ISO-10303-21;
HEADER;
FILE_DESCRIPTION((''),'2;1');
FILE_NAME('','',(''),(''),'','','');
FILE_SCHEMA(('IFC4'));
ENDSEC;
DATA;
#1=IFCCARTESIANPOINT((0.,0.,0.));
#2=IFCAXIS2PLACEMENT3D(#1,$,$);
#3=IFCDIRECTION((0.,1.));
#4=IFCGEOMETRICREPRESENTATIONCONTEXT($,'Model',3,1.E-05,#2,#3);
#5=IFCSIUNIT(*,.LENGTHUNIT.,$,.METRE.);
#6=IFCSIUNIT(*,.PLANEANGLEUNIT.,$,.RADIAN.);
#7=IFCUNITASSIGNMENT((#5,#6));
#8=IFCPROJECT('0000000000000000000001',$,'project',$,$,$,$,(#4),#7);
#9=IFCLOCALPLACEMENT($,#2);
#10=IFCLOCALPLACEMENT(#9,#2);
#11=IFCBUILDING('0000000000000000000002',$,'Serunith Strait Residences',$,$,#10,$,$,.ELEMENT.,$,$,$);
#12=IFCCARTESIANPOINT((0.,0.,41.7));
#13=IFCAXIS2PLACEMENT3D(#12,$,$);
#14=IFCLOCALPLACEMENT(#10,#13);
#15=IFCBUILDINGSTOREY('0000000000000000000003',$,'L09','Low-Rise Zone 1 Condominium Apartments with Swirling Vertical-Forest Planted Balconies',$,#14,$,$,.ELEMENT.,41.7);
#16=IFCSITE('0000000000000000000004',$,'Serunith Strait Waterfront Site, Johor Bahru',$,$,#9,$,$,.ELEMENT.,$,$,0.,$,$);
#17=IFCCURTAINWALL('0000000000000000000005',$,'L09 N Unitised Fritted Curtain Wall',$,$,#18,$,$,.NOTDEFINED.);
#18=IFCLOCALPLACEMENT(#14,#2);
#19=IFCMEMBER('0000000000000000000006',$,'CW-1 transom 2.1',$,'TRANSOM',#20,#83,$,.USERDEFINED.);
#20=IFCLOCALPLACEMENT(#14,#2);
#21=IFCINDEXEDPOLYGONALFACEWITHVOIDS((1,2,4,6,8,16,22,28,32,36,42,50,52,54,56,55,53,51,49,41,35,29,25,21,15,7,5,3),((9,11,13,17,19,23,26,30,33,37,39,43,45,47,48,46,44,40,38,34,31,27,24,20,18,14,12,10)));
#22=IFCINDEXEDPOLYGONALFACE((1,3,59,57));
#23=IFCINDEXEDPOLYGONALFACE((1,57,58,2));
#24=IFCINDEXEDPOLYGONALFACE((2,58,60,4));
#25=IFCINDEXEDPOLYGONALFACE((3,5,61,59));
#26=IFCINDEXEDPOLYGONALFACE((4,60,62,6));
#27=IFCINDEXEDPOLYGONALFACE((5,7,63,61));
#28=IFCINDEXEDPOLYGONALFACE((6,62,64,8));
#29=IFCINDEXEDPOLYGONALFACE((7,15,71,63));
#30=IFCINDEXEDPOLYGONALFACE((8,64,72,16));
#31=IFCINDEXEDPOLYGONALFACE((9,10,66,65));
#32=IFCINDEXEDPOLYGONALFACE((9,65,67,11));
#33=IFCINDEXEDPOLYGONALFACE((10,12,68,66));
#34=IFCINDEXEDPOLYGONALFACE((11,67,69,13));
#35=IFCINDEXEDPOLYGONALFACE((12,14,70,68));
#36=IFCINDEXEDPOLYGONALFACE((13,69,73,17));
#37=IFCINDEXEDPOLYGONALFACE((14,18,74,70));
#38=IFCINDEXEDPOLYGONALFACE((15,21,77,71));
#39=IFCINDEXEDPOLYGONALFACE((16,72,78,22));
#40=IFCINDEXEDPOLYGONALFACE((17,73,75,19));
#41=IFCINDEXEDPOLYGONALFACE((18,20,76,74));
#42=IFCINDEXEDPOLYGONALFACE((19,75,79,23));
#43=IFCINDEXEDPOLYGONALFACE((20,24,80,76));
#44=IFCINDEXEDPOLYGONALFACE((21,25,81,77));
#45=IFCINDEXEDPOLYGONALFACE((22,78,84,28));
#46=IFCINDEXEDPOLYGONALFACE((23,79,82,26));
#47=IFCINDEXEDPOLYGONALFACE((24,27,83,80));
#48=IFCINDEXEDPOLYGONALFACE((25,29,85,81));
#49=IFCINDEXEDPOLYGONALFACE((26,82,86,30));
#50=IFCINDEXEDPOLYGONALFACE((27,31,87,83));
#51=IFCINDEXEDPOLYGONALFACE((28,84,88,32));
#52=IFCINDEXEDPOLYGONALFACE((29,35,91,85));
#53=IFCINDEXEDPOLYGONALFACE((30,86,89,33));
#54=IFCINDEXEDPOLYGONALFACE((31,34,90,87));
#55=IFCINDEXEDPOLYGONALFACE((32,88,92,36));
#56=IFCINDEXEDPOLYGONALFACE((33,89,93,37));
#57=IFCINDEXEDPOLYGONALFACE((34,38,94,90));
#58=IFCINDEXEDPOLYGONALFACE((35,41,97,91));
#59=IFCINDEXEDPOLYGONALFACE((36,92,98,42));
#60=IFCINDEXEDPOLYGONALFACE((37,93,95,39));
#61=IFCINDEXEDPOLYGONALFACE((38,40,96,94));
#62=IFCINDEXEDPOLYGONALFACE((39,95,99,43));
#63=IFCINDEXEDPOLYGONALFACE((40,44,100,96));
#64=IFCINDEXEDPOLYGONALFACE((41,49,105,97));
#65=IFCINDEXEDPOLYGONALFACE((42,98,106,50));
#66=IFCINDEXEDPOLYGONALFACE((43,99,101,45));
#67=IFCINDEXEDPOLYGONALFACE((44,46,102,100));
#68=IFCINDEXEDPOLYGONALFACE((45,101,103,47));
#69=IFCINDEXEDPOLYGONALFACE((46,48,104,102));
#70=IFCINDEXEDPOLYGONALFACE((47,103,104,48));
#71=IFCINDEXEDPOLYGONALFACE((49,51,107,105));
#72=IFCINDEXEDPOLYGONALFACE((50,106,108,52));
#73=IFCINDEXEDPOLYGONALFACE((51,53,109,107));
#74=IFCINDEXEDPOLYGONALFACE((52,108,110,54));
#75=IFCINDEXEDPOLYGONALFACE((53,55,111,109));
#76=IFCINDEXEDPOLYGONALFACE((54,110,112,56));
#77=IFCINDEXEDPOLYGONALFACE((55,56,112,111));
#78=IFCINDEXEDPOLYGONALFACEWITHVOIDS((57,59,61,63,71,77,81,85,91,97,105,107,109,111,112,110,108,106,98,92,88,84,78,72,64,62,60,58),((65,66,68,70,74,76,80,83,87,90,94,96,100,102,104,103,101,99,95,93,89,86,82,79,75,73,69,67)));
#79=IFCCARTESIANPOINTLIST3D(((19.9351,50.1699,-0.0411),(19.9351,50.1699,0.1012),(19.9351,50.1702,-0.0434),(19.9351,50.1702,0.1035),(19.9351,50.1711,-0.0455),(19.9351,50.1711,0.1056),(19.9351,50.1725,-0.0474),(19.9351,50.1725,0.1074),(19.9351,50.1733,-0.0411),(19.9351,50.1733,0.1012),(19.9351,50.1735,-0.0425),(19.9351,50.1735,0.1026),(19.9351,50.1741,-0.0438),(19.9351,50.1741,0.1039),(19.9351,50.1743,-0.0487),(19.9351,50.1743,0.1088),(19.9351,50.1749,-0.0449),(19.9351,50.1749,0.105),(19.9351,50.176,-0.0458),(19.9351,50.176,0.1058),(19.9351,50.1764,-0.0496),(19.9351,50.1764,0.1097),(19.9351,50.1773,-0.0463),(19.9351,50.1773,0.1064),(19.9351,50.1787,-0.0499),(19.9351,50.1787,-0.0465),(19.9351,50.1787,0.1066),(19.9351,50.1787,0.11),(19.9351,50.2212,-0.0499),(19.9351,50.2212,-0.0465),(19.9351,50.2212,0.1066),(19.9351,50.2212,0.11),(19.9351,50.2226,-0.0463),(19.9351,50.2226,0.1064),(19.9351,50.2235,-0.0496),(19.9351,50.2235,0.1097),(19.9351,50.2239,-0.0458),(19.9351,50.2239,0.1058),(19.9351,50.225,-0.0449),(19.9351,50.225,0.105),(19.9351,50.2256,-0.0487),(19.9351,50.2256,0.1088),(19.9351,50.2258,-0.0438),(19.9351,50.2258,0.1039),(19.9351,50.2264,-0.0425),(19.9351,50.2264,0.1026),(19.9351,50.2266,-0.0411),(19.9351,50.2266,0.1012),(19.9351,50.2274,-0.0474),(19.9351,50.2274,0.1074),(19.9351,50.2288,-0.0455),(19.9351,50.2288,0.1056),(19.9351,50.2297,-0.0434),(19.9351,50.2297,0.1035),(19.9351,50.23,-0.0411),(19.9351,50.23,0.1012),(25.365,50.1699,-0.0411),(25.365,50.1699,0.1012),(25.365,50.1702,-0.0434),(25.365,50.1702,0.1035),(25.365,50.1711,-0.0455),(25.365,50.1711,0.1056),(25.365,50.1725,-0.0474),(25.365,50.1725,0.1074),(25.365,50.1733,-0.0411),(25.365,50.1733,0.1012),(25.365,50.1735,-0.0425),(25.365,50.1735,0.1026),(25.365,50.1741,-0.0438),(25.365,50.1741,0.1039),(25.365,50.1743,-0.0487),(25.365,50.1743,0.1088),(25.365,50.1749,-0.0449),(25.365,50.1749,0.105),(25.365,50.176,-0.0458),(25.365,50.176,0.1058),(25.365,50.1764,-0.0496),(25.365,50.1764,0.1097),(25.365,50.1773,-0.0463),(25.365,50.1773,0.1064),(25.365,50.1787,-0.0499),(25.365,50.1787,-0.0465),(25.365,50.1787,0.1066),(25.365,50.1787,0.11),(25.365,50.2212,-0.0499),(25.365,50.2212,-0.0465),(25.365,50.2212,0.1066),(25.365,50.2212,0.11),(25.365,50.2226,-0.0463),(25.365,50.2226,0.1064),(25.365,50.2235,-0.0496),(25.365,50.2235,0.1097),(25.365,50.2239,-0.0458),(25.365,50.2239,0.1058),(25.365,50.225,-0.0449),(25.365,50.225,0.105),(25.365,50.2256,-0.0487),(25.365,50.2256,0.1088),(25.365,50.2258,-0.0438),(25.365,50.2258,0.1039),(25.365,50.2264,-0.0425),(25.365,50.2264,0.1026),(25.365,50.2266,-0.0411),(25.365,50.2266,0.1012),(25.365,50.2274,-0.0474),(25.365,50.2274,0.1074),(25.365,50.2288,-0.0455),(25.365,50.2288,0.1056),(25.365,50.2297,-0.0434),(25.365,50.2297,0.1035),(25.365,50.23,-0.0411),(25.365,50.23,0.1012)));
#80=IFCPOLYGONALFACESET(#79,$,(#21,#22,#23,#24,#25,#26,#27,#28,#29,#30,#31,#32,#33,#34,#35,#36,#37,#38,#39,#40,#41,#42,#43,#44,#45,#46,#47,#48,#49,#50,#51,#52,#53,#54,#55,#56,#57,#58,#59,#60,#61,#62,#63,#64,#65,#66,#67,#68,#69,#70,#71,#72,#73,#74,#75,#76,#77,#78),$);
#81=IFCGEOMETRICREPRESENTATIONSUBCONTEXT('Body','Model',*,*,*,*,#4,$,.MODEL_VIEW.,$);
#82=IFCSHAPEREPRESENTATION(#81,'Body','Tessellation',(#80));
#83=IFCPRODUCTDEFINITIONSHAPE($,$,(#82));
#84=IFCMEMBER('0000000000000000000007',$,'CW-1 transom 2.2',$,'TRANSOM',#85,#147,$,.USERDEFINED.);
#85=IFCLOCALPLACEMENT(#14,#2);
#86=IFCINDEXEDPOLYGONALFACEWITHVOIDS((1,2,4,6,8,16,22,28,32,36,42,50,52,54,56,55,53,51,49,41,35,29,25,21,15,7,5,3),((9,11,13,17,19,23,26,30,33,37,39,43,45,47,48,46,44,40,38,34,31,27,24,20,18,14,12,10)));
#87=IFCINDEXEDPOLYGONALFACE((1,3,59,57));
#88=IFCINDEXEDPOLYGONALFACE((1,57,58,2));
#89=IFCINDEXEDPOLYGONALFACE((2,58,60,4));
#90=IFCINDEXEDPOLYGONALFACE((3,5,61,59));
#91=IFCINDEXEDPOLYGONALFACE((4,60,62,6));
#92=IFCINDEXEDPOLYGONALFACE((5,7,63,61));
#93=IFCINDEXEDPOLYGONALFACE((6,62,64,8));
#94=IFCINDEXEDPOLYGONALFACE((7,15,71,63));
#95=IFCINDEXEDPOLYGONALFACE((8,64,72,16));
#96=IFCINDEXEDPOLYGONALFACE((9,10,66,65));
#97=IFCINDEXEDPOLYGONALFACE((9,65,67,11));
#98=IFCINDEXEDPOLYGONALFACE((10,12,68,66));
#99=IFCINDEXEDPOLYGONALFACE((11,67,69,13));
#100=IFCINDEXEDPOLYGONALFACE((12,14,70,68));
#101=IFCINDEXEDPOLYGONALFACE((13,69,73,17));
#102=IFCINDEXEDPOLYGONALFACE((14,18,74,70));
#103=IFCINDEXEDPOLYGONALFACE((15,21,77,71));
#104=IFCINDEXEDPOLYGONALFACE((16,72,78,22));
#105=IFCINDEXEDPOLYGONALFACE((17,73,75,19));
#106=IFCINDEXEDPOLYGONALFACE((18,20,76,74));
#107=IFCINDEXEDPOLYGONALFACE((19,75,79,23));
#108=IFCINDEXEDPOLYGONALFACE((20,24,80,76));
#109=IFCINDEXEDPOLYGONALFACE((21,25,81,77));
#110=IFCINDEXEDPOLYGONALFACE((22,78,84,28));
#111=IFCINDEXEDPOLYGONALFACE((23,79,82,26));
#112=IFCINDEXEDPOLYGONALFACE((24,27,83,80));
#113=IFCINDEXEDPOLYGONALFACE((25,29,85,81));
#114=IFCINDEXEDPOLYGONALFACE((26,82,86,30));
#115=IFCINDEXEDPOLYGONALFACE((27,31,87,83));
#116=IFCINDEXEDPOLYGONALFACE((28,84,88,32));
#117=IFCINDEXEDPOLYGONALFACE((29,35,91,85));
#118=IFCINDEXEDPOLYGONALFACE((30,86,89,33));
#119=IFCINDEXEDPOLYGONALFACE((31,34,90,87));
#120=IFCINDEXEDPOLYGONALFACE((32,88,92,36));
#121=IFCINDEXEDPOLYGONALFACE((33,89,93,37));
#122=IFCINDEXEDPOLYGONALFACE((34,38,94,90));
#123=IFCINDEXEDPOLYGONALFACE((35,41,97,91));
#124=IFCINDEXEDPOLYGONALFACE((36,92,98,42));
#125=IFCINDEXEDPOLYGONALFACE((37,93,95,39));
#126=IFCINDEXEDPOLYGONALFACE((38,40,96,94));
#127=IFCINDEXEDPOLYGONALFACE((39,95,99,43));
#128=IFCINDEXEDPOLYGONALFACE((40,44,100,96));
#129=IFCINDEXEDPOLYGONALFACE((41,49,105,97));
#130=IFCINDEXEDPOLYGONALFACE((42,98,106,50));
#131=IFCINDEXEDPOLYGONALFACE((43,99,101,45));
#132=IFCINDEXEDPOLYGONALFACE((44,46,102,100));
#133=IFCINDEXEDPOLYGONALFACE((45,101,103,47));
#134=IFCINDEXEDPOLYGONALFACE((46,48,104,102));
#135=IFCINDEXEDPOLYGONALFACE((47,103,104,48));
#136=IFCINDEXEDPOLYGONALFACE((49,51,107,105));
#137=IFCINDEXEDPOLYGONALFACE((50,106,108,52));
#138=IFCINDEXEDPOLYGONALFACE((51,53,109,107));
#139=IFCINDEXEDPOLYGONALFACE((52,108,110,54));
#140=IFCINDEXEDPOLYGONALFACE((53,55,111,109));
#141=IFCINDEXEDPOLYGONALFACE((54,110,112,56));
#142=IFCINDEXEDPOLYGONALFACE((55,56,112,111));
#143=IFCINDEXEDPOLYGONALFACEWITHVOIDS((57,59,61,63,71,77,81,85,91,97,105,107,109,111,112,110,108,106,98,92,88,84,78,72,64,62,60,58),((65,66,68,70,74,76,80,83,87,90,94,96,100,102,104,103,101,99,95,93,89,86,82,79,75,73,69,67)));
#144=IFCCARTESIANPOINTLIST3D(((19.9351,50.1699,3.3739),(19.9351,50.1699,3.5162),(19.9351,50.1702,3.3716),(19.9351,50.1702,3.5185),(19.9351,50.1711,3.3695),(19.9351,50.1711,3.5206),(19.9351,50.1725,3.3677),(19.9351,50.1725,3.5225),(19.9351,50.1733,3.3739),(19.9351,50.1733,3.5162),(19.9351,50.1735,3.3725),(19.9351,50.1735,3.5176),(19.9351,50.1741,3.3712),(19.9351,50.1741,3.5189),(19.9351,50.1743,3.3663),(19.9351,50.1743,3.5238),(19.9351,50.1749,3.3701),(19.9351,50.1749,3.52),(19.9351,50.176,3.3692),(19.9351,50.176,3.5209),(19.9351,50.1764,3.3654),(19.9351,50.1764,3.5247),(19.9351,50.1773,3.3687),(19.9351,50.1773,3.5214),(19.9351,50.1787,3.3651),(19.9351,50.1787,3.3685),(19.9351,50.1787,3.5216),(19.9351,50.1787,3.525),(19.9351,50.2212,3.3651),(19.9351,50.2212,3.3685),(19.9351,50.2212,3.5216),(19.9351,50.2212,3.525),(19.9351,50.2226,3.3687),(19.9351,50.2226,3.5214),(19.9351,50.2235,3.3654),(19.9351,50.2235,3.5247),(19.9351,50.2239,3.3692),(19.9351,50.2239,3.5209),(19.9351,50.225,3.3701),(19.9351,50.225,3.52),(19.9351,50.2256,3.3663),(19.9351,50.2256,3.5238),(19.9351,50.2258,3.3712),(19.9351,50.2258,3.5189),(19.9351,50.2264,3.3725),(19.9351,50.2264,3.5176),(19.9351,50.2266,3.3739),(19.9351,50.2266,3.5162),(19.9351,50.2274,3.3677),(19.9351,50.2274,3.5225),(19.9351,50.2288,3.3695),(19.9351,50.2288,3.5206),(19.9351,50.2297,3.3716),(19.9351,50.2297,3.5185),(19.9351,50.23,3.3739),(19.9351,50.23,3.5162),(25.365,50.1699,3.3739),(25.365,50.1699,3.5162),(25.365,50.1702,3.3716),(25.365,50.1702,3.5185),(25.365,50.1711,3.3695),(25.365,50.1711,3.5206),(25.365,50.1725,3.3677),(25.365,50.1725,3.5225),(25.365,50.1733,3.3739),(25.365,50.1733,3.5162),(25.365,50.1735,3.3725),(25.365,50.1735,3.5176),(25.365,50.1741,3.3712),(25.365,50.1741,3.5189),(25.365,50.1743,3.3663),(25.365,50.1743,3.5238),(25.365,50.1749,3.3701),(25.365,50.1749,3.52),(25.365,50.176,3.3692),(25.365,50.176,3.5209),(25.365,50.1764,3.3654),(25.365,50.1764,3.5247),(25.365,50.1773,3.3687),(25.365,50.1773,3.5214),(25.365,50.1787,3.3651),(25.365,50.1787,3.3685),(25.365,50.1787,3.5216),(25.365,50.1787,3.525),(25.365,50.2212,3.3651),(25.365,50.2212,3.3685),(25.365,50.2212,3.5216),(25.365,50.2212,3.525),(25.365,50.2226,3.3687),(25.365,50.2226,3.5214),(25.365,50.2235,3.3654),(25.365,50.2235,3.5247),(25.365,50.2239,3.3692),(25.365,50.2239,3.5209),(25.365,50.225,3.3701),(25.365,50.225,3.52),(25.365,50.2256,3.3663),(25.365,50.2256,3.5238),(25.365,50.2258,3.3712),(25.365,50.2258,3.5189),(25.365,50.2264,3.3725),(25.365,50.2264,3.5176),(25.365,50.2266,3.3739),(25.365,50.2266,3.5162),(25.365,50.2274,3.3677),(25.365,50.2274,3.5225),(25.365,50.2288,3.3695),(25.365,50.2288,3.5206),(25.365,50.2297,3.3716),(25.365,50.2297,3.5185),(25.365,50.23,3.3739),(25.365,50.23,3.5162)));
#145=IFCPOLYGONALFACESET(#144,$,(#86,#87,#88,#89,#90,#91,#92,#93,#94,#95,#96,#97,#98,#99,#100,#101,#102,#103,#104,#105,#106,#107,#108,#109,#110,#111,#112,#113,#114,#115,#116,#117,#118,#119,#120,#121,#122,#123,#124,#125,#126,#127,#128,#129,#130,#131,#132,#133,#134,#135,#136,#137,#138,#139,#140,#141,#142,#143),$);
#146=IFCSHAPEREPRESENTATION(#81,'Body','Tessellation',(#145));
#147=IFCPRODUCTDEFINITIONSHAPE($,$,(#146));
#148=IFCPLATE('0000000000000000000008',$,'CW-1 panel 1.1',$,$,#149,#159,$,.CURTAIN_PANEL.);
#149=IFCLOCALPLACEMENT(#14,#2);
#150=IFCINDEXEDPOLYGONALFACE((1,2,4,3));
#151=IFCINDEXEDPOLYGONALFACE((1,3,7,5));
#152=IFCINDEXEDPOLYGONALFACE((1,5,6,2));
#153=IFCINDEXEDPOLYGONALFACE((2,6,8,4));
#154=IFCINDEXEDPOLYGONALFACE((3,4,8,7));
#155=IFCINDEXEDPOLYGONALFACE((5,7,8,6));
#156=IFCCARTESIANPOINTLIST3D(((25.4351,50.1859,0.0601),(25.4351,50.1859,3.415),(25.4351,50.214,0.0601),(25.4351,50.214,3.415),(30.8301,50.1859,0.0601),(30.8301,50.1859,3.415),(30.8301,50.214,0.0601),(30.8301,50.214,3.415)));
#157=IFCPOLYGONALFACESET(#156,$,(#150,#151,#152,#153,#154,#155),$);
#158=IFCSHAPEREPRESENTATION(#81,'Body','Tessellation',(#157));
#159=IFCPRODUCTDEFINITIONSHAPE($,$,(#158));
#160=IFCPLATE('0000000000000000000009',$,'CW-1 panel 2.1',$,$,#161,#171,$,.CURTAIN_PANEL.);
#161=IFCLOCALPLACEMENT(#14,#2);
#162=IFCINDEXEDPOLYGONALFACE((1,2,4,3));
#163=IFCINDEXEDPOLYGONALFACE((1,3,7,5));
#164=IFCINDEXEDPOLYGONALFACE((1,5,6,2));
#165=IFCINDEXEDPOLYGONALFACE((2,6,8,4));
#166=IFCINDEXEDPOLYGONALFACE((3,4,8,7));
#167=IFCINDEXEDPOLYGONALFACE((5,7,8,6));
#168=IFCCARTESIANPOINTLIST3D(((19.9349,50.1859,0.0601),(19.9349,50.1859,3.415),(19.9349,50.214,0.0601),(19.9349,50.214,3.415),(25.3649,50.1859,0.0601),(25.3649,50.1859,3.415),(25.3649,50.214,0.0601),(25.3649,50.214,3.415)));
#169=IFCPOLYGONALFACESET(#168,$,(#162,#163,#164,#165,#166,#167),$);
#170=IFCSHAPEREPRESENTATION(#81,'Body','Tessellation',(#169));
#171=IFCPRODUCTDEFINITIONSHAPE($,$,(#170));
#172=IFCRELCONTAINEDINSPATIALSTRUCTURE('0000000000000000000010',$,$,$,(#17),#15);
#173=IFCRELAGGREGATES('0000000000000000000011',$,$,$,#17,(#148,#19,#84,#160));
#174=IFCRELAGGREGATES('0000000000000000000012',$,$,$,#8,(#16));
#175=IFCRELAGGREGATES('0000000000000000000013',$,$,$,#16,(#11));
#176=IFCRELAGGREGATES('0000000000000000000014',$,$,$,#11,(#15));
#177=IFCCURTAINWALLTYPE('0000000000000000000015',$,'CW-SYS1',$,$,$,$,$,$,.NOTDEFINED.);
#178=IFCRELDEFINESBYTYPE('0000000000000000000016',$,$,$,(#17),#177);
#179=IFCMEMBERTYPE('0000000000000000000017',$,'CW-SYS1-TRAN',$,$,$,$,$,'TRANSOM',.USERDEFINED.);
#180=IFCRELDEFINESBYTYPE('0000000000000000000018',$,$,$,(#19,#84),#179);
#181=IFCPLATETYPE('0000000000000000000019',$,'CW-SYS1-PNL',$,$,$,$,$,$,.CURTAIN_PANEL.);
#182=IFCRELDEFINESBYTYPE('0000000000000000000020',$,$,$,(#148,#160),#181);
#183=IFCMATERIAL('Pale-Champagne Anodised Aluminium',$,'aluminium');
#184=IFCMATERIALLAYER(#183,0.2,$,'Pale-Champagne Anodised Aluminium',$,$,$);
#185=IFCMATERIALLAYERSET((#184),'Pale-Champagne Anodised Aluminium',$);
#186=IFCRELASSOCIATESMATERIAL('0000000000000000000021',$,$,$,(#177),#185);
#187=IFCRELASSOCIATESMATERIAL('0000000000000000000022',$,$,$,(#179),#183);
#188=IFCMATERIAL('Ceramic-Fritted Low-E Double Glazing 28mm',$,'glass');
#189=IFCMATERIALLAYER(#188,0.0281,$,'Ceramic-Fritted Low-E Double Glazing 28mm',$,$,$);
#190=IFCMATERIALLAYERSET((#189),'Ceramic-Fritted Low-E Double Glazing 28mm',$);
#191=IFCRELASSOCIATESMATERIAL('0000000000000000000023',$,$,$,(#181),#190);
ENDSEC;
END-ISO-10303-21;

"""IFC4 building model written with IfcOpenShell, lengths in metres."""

from ifc_helpers import new_model, si_unit, direction, frame, origin, origin_2d, place, context, subcontext, project, spatial, rectangle, hollow_rectangle, extrude, source, transform, mapped, material, layer, layer_set, material_profile, profile_set, type_object, element, aggregate, save


model = new_model("IFC4")

# Units and contexts
model_context = context("Model", 3, precision=1e-05, world=origin(), true_north=direction((0.0, 1.0)))
body_context = subcontext(model_context, "Body", "Model", "MODEL_VIEW")
ifc_project = project(units=[si_unit("LENGTHUNIT", "METRE"), si_unit("PLANEANGLEUNIT", "RADIAN")], contexts=[model_context])

# Site, building, storey
site_placement = place(None, origin())
site = spatial("IfcSite", under=ifc_project, at=site_placement, Name="Serunith Strait Waterfront Site, Johor Bahru", CompositionType="ELEMENT", RefElevation=0.0)
building_placement = place(site_placement, origin())
building = spatial("IfcBuilding", under=site, at=building_placement, Name="Serunith Strait Residences", CompositionType="ELEMENT")
storey_placement = place(building_placement, frame((0.0, 0.0, 41.7)))
storey = spatial("IfcBuildingStorey", under=building, at=storey_placement, Name="L09", Description="Low-Rise Zone 1 Condominium Apartments with Swirling Vertical-Forest Planted Balconies", CompositionType="ELEMENT", Elevation=41.7)

# Curtain wall, members, plates
ifc_material_1 = material(Name="Pale-Champagne Anodised Aluminium", Category="aluminium")
ifc_layer_1 = layer(ifc_material_1, 0.2, Name="Pale-Champagne Anodised Aluminium")
ifc_layer_set_1 = layer_set([ifc_layer_1], Name="Pale-Champagne Anodised Aluminium")
curtain_wall_type = type_object("IfcCurtainWallType", Name="CW-SYS1", PredefinedType="NOTDEFINED", material=ifc_layer_set_1)
curtain_wall_placement = place(storey_placement, origin())
curtain_wall = element("IfcCurtainWall", 1, at=curtain_wall_placement, inside=storey, type_object=curtain_wall_type, Name="L09 N Unitised Fritted Curtain Wall", PredefinedType="NOTDEFINED")
ifc_material_profile_1 = material_profile(ifc_material_1, hollow_rectangle(XDim=0.0601, YDim=0.1599, WallThickness=0.0034, InnerFilletRadius=0.0054, OuterFilletRadius=0.0088, at=origin_2d()), Name="ALU 160x60x3.5")
ifc_profile_set_1 = profile_set([ifc_material_profile_1], Name="Pale-Champagne Anodised Aluminium")
member_type_1 = type_object("IfcMemberType", Name="CW-SYS1-TRAN", ElementType="TRANSOM", PredefinedType="USERDEFINED", material=ifc_profile_set_1)
shared_shape_1 = source(origin(), body_context, "Body", "SweptSolid", [
    extrude(hollow_rectangle(XDim=0.0601, YDim=0.1599, WallThickness=0.0034, InnerFilletRadius=0.0054, OuterFilletRadius=0.0088, at=origin_2d()), origin(), (0.0, 0.0, 1.0), 5.4299),
])
member_1_placement = place(storey_placement, frame((25.365, 50.2, 0.03), z_axis=(-1.0, 0.0, 0.0), x_axis=(0.0, -1.0, 0.0)))
member_1 = element("IfcMember", 2, at=member_1_placement, type_object=member_type_1, Name="CW-1 transom 2.1", ObjectType="TRANSOM", PredefinedType="USERDEFINED", context=body_context, shape_type="MappedRepresentation", body=[
    mapped(shared_shape_1, transform((0.0, 0.0, 0.0), scale=1.0)),
])
member_2_placement = place(storey_placement, frame((25.365, 50.2, 3.4451), z_axis=(-1.0, 0.0, 0.0), x_axis=(0.0, -1.0, 0.0)))
member_2 = element("IfcMember", 3, at=member_2_placement, type_object=member_type_1, Name="CW-1 transom 2.2", ObjectType="TRANSOM", PredefinedType="USERDEFINED", context=body_context, shape_type="MappedRepresentation", body=[
    mapped(shared_shape_1, transform((0.0, 0.0, 0.0), scale=1.0)),
])
ifc_material_2 = material(Name="Ceramic-Fritted Low-E Double Glazing 28mm", Category="glass")
ifc_layer_2 = layer(ifc_material_2, 0.0281, Name="Ceramic-Fritted Low-E Double Glazing 28mm")
ifc_layer_set_2 = layer_set([ifc_layer_2], Name="Ceramic-Fritted Low-E Double Glazing 28mm")
plate_type = type_object("IfcPlateType", Name="CW-SYS1-PNL", PredefinedType="CURTAIN_PANEL", material=ifc_layer_set_2)
shared_shape_2 = source(origin(), body_context, "Body", "SweptSolid", [
    extrude(rectangle(XDim=5.395, YDim=0.0281, at=origin_2d()), origin(), (0.0, 0.0, 1.0), 3.355),
])
plate_1_placement = place(storey_placement, frame((28.1326, 50.2, 0.0601), z_axis=(0.0, 0.0, 1.0), x_axis=(-1.0, 0.0, 0.0)))
plate_1 = element("IfcPlate", 4, at=plate_1_placement, type_object=plate_type, Name="CW-1 panel 1.1", PredefinedType="CURTAIN_PANEL", context=body_context, shape_type="MappedRepresentation", body=[
    mapped(shared_shape_2, transform((0.0, 0.0, 0.0), scale=1.0)),
])
shared_shape_3 = source(origin(), body_context, "Body", "SweptSolid", [
    extrude(rectangle(XDim=5.4299, YDim=0.0281, at=origin_2d()), origin(), (0.0, 0.0, 1.0), 3.355),
])
plate_2_placement = place(storey_placement, frame((22.6499, 50.2, 0.0601), z_axis=(0.0, 0.0, 1.0), x_axis=(-1.0, 0.0, 0.0)))
plate_2 = element("IfcPlate", 5, at=plate_2_placement, type_object=plate_type, Name="CW-1 panel 2.1", PredefinedType="CURTAIN_PANEL", context=body_context, shape_type="MappedRepresentation", body=[
    mapped(shared_shape_3, transform((0.0, 0.0, 0.0), scale=1.0)),
])
aggregate(curtain_wall, [plate_1, member_1, member_2, plate_2])

save(model, "model.ifc")
